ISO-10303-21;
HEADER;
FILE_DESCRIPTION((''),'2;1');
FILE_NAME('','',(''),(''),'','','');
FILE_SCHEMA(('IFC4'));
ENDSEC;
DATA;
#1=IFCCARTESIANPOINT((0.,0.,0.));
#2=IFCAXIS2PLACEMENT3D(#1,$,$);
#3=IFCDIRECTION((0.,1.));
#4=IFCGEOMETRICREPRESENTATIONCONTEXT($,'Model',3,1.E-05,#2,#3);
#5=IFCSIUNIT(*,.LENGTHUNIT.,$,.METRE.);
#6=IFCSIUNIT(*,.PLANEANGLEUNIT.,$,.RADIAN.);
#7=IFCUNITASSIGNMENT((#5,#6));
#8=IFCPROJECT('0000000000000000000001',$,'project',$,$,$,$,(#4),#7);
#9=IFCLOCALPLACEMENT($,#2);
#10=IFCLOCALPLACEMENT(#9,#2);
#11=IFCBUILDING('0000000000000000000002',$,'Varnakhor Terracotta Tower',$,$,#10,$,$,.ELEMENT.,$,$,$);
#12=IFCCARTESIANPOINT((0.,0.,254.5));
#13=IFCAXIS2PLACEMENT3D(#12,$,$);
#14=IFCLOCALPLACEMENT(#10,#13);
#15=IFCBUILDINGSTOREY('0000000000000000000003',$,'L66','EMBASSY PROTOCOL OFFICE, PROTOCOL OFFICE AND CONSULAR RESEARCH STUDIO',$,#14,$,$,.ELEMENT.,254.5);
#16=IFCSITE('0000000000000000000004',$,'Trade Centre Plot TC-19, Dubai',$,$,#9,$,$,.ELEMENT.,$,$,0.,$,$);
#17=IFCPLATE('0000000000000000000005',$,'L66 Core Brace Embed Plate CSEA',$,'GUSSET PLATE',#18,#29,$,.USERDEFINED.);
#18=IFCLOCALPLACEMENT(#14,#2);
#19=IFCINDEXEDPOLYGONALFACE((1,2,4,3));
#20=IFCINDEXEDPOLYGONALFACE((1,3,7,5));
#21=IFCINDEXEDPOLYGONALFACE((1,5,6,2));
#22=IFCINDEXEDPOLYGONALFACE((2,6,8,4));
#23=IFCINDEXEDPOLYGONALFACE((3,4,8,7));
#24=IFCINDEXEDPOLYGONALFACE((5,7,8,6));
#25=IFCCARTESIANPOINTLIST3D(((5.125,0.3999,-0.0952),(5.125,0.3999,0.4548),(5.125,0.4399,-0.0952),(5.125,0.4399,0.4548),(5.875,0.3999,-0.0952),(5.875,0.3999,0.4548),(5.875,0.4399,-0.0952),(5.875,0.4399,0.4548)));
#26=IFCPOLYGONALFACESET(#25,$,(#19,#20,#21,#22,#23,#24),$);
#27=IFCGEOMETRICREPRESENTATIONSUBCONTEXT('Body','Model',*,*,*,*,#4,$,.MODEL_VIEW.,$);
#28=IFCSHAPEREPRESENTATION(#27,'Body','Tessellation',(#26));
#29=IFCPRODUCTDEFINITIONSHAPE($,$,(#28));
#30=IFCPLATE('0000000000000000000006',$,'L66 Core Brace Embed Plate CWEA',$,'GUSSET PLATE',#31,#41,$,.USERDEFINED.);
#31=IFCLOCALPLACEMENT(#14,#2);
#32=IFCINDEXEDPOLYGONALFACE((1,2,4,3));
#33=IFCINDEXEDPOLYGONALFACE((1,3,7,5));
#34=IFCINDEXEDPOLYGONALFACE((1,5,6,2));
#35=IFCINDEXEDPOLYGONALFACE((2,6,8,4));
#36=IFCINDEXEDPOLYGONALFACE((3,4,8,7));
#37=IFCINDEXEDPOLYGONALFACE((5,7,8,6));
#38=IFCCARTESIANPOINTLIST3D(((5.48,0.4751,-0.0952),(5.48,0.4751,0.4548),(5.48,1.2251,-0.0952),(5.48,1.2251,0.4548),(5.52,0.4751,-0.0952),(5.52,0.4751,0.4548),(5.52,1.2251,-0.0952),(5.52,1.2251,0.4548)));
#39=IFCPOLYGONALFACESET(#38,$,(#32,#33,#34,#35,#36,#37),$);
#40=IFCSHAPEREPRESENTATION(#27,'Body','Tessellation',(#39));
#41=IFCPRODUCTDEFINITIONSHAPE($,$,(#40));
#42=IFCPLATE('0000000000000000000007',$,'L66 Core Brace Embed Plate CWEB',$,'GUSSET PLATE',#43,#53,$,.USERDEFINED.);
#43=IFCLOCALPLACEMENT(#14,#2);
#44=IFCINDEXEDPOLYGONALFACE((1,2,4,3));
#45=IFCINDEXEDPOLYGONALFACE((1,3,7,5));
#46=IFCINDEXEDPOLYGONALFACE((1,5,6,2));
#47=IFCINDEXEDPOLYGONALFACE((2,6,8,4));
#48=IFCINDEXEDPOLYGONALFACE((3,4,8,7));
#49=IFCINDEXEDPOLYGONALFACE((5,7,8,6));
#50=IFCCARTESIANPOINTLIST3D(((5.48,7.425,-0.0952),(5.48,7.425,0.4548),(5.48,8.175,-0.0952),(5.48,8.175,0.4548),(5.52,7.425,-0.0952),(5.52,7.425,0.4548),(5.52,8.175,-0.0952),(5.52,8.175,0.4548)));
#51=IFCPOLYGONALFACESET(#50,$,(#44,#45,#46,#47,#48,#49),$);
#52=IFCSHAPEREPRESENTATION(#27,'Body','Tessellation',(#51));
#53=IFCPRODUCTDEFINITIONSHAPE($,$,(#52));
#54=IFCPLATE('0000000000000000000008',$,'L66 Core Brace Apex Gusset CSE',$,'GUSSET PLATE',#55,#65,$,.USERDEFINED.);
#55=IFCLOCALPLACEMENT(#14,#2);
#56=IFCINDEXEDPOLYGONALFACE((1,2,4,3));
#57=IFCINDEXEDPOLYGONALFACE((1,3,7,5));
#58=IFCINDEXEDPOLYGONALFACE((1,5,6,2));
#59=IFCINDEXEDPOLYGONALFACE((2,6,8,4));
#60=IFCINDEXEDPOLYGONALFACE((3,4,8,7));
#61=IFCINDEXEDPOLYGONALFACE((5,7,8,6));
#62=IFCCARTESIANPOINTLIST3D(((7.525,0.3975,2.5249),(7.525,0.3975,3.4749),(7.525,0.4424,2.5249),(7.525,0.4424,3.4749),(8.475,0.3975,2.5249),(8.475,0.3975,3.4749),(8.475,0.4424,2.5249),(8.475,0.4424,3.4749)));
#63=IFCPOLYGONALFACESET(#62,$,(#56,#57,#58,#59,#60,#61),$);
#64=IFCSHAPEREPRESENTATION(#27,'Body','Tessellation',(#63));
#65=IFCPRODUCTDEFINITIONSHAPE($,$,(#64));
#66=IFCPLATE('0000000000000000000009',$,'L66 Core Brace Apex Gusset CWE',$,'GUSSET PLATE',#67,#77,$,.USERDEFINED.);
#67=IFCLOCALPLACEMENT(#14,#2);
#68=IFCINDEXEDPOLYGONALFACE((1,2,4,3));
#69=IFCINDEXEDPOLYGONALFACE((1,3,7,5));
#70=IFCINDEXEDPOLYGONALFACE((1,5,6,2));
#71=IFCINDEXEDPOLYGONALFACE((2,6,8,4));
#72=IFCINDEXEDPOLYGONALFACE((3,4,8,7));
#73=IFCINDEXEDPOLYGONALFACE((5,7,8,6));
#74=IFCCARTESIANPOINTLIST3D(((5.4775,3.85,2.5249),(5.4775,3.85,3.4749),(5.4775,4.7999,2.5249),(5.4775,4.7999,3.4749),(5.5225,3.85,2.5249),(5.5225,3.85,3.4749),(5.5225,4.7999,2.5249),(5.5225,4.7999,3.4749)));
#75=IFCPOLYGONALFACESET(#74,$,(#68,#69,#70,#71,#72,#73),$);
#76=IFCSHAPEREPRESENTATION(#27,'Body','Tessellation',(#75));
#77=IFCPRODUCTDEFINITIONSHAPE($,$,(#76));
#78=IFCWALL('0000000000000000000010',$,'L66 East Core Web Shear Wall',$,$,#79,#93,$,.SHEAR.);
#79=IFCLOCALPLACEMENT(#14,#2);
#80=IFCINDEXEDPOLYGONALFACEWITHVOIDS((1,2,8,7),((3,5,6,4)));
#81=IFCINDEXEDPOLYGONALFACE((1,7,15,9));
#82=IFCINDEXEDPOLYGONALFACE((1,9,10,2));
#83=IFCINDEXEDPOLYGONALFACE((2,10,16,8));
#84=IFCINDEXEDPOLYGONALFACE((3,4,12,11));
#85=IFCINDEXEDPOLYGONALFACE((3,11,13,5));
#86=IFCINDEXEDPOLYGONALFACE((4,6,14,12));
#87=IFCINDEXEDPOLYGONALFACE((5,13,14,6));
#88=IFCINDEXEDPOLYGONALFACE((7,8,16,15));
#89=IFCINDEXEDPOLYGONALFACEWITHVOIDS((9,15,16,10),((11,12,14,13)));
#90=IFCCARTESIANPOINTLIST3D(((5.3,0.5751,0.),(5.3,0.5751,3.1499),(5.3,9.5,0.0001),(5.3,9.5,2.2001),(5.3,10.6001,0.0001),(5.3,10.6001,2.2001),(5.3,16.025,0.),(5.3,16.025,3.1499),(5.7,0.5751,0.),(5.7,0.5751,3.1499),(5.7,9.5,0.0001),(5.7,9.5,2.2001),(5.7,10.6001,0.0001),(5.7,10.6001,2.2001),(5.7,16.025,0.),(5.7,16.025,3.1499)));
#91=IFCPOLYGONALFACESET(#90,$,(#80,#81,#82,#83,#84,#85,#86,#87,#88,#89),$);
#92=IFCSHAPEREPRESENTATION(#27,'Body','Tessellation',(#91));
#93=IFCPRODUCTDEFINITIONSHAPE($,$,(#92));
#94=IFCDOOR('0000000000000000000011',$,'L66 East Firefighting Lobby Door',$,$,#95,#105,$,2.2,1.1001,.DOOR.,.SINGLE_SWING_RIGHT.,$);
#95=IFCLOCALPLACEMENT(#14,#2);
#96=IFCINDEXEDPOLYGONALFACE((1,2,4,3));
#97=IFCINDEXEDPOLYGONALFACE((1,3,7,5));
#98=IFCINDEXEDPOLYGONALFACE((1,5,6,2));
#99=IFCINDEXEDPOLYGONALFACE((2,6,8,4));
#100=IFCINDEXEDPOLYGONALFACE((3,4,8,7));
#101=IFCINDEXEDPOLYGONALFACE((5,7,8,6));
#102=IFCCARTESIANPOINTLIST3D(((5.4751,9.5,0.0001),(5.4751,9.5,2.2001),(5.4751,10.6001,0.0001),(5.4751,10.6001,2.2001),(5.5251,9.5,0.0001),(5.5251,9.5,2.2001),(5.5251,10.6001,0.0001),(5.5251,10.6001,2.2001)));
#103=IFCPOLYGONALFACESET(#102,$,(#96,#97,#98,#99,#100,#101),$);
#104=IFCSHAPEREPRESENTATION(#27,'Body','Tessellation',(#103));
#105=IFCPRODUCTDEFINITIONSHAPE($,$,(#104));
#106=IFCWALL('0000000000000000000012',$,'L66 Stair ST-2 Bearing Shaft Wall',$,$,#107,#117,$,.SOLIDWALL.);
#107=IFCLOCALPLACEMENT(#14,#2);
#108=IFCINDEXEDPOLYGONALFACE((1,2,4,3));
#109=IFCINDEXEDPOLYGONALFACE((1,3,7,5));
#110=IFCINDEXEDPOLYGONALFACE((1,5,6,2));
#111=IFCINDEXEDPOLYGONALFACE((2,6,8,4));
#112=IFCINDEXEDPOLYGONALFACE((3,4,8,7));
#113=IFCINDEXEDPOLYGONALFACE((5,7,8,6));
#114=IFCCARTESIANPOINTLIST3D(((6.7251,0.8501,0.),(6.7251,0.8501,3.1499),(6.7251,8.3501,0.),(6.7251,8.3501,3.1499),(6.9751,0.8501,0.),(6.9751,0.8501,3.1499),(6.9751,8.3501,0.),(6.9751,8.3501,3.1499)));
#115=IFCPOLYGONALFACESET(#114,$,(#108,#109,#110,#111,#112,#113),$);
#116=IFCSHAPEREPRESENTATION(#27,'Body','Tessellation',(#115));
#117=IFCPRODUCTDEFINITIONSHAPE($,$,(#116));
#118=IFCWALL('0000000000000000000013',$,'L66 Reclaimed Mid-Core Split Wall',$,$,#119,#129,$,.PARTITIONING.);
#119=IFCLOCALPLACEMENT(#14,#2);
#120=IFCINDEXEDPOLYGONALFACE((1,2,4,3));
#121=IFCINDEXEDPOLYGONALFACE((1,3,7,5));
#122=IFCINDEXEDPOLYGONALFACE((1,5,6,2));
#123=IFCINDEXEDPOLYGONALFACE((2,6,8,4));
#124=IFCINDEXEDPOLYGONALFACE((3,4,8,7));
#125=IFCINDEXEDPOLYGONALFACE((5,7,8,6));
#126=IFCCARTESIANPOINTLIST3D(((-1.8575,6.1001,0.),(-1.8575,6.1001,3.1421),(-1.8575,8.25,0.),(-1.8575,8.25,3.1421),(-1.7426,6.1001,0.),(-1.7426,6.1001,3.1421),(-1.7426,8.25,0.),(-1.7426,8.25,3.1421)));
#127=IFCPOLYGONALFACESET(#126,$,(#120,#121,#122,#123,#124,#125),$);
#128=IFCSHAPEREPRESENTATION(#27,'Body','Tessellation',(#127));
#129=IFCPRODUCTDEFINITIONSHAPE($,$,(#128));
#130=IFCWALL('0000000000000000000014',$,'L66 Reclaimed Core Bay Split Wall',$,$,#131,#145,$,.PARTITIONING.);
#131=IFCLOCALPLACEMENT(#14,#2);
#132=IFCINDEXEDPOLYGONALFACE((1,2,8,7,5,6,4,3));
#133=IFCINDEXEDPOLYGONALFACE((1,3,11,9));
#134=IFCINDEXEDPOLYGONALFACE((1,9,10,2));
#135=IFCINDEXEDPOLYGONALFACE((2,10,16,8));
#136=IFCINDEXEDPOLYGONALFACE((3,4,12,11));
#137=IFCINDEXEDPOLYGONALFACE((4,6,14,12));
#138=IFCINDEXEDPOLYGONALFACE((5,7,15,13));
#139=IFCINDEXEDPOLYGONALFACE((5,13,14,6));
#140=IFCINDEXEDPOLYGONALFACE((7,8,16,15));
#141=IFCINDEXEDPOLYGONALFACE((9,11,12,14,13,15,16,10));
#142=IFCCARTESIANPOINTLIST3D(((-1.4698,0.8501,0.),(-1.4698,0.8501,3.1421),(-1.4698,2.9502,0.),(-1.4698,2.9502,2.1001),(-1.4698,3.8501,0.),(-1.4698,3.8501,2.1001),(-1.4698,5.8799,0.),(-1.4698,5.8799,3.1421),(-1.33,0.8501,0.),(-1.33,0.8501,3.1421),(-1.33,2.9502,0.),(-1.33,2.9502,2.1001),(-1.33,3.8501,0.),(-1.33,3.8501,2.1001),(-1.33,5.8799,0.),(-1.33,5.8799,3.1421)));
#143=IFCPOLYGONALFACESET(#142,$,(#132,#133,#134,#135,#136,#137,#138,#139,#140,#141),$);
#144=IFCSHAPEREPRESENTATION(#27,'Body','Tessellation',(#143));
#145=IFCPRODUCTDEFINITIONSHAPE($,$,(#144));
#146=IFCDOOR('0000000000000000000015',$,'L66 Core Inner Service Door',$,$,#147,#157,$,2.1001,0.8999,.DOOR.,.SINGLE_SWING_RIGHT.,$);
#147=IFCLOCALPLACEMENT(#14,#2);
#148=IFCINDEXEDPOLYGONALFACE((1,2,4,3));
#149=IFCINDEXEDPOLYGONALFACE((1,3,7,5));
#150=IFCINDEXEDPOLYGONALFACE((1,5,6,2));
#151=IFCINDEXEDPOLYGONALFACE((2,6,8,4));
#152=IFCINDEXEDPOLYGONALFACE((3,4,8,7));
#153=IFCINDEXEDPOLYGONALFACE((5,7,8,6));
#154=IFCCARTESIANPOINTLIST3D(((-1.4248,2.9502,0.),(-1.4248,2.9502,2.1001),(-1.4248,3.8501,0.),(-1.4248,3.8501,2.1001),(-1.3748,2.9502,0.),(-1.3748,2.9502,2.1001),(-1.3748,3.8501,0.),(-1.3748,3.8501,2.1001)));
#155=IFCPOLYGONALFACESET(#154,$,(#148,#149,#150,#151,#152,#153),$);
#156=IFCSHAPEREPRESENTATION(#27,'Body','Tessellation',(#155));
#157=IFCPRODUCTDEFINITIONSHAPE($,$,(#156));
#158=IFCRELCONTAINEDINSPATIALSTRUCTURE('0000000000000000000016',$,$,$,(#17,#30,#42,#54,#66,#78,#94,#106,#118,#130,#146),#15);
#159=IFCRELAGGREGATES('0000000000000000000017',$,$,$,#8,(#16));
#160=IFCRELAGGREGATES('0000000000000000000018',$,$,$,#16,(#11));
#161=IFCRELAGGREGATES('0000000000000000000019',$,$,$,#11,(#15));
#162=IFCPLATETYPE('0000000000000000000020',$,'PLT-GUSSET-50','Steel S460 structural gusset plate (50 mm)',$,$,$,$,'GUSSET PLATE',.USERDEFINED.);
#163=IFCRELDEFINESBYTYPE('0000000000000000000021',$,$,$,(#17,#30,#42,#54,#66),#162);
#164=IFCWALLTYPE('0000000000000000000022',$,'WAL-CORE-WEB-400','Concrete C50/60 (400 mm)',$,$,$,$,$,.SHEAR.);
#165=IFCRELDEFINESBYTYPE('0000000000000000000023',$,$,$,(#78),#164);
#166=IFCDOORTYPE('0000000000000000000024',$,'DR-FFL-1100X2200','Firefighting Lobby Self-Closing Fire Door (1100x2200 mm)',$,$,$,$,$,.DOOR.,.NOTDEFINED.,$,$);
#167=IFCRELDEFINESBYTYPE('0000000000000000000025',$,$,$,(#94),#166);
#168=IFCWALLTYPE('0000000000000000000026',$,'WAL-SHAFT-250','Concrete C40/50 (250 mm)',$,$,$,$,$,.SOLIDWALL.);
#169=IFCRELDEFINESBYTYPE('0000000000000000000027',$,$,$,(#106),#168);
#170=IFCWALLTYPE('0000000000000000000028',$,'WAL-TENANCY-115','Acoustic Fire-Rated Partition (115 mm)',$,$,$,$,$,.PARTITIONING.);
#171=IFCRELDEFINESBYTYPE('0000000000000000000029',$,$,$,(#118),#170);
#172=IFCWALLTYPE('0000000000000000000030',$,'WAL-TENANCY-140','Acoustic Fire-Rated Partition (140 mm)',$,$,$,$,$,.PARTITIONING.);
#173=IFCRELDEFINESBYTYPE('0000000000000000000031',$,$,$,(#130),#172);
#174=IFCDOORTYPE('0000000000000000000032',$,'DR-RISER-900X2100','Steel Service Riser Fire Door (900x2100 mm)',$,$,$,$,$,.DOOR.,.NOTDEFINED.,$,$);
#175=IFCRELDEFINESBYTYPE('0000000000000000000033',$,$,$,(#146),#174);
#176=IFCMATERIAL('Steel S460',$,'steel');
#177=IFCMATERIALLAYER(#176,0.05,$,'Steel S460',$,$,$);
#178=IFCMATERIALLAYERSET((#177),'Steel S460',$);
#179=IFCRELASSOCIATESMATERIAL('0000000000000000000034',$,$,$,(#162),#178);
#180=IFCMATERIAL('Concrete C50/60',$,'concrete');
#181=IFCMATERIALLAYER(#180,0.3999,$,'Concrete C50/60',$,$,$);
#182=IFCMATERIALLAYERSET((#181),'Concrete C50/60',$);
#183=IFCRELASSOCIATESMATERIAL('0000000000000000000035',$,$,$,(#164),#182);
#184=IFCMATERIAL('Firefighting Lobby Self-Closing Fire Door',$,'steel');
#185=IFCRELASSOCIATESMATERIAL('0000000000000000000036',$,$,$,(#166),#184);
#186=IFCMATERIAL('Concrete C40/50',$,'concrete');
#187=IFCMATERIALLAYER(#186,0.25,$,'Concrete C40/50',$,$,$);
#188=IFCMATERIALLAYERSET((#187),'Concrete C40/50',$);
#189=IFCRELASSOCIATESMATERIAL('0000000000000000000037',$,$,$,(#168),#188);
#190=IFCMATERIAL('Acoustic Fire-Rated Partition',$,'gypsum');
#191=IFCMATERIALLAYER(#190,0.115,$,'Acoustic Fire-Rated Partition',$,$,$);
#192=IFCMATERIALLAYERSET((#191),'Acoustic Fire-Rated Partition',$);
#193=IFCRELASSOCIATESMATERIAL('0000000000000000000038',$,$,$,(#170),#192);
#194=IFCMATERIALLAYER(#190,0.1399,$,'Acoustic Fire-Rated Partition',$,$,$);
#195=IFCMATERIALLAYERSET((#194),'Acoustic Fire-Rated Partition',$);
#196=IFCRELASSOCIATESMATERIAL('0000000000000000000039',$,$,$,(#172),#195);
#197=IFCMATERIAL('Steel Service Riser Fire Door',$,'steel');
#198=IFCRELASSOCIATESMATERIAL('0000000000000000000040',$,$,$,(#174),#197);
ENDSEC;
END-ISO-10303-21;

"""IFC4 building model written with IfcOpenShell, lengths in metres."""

from ifc_helpers import new_model, si_unit, direction, frame, frame_2d, origin, origin_2d, place, context, subcontext, project, spatial, rectangle, extrude, source, transform, mapped, material, layer, layer_set, type_object, type_shapes, element, fill, save


model = new_model("IFC4")

# Units and contexts
model_context = context("Model", 3, precision=1e-05, world=origin(), true_north=direction((0.0, 1.0)))
body_context = subcontext(model_context, "Body", "Model", "MODEL_VIEW")
ifc_project = project(units=[si_unit("LENGTHUNIT", "METRE"), si_unit("PLANEANGLEUNIT", "RADIAN")], contexts=[model_context])

# Site, building, storey
site_placement = place(None, origin())
site = spatial("IfcSite", under=ifc_project, at=site_placement, Name="Trade Centre Plot TC-19, Dubai", CompositionType="ELEMENT", RefElevation=0.0)
building_placement = place(site_placement, origin())
building = spatial("IfcBuilding", under=site, at=building_placement, Name="Varnakhor Terracotta Tower", CompositionType="ELEMENT")
storey_placement = place(building_placement, frame((0.0, 0.0, 254.5)))
storey = spatial("IfcBuildingStorey", under=building, at=storey_placement, Name="L66", Description="EMBASSY PROTOCOL OFFICE, PROTOCOL OFFICE AND CONSULAR RESEARCH STUDIO", CompositionType="ELEMENT", Elevation=254.5)

# Shared definitions
ifc_material_1 = material(Name="Concrete C50/60", Category="concrete")

# Shared definitions
ifc_material_2 = material(Name="Concrete C40/50", Category="concrete")

# Plates
ifc_material_3 = material(Name="Steel S460", Category="steel")
ifc_layer_1 = layer(ifc_material_3, 0.05, Name="Steel S460")
ifc_layer_set_1 = layer_set([ifc_layer_1], Name="Steel S460")
plate_type = type_object("IfcPlateType", Name="PLT-GUSSET-50", Description="Steel S460 structural gusset plate (50 mm)", ElementType="GUSSET PLATE", PredefinedType="USERDEFINED", material=ifc_layer_set_1)
shared_shape_1 = source(origin(), body_context, "Body", "SweptSolid", [
    extrude(rectangle(XDim=0.75, YDim=0.04, at=origin_2d()), origin(), (0.0, 0.0, 1.0), 0.55),
])
type_shapes(plate_type, [shared_shape_1])
for number, where, z_axis, x_axis, name in (
    (1, (5.5, 0.4199, -0.0952), (0.0, 0.0, 1.0), (1.0, 0.0, 0.0), "L66 Core Brace Embed Plate CSEA"),
    (2, (5.5, 0.8501, -0.0952), (0.0, 0.0, 1.0), (0.0, 1.0, 0.0), "L66 Core Brace Embed Plate CWEA"),
    (3, (5.5, 7.8, -0.0952), (0.0, 0.0, 1.0), (0.0, 1.0, 0.0), "L66 Core Brace Embed Plate CWEB"),
):
    element("IfcPlate", number, at=place(storey_placement, frame(where, z_axis=z_axis, x_axis=x_axis)), inside=storey, type_object=plate_type, Name=name, ObjectType="GUSSET PLATE", PredefinedType="USERDEFINED", context=body_context, shape_type="MappedRepresentation", body=[
        mapped(shared_shape_1, transform((0.0, 0.0, 0.0), scale=1.0)),
    ])
shared_shape_2 = source(origin(), body_context, "Body", "SweptSolid", [
    extrude(rectangle(XDim=0.95, YDim=0.0449, at=origin_2d()), origin(), (0.0, 0.0, 1.0), 0.95),
])
for number, where, z_axis, x_axis, name in (
    (4, (8.0, 0.4199, 2.5249), (0.0, 0.0, 1.0), (1.0, 0.0, 0.0), "L66 Core Brace Apex Gusset CSE"),
    (5, (5.5, 4.325, 2.5249), (0.0, 0.0, 1.0), (0.0, 1.0, 0.0), "L66 Core Brace Apex Gusset CWE"),
):
    element("IfcPlate", number, at=place(storey_placement, frame(where, z_axis=z_axis, x_axis=x_axis)), inside=storey, type_object=plate_type, Name=name, ObjectType="GUSSET PLATE", PredefinedType="USERDEFINED", context=body_context, shape_type="MappedRepresentation", body=[
        mapped(shared_shape_2, transform((0.0, 0.0, 0.0), scale=1.0)),
    ])

# Wall, opening, door
ifc_layer_2 = layer(ifc_material_1, 0.3999, Name="Concrete C50/60")
ifc_layer_set_2 = layer_set([ifc_layer_2], Name="Concrete C50/60")
wall_type_1 = type_object("IfcWallType", Name="WAL-CORE-WEB-400", Description="Concrete C50/60 (400 mm)", PredefinedType="SHEAR", material=ifc_layer_set_2)
wall_1_placement = place(storey_placement, frame((5.5, 0.575, 0.0), z_axis=(0.0, 0.0, 1.0), x_axis=(0.0, 1.0, 0.0)))
wall_1 = element("IfcWall", 6, at=wall_1_placement, inside=storey, type_object=wall_type_1, Name="L66 East Core Web Shear Wall", PredefinedType="SHEAR", context=body_context, shape_type="SweptSolid", body=[
    extrude(rectangle(XDim=15.45, YDim=0.3999, at=frame_2d((7.7251, 0.0))), origin(), (0.0, 0.0, 1.0), 3.1499),
])
opening_1_placement = place(wall_1_placement, frame((8.925, 0.0, 0.0)))
opening_1 = element("IfcOpeningElement", 7, at=opening_1_placement, cuts=wall_1, PredefinedType="OPENING", context=body_context, shape_type="SweptSolid", body=[
    extrude(rectangle(XDim=1.1001, YDim=2.2, at=frame_2d((0.55, 1.1001))), frame((0.0, 0.21, 0.0), z_axis=(0.0, -1.0, 0.0), x_axis=(1.0, 0.0, 0.0)), (0.0, 0.0, 1.0), 0.4199),
])
ifc_material_4 = material(Name="Firefighting Lobby Self-Closing Fire Door", Category="steel")
door_type_1 = type_object("IfcDoorType", Name="DR-FFL-1100X2200", Description="Firefighting Lobby Self-Closing Fire Door (1100x2200 mm)", OperationType="NOTDEFINED", PredefinedType="DOOR", material=ifc_material_4)
shared_shape_3 = source(origin(), body_context, "Body", "SweptSolid", [
    extrude(rectangle(XDim=1.1001, YDim=2.2, at=frame_2d((0.55, 1.1001))), frame((0.0, 0.0249, 0.0), z_axis=(0.0, -1.0, 0.0), x_axis=(1.0, 0.0, 0.0)), (0.0, 0.0, 1.0), 0.05),
])
type_shapes(door_type_1, [shared_shape_3])
door_1_placement = place(opening_1_placement, origin())
door_1 = element("IfcDoor", 8, at=door_1_placement, inside=storey, type_object=door_type_1, Name="L66 East Firefighting Lobby Door", OperationType="SINGLE_SWING_RIGHT", OverallHeight=2.2, OverallWidth=1.1001, PredefinedType="DOOR", context=body_context, shape_type="MappedRepresentation", body=[
    mapped(shared_shape_3, transform((0.0, 0.0, 0.0), scale=1.0)),
])
fill(opening_1, door_1)

# Walls
ifc_layer_3 = layer(ifc_material_2, 0.25, Name="Concrete C40/50")
ifc_layer_set_3 = layer_set([ifc_layer_3], Name="Concrete C40/50")
wall_type_2 = type_object("IfcWallType", Name="WAL-SHAFT-250", Description="Concrete C40/50 (250 mm)", PredefinedType="SOLIDWALL", material=ifc_layer_set_3)
wall_2_placement = place(storey_placement, frame((6.8501, 0.8501, 0.0), z_axis=(0.0, 0.0, 1.0), x_axis=(0.0, 1.0, 0.0)))
element("IfcWall", 9, at=wall_2_placement, inside=storey, type_object=wall_type_2, Name="L66 Stair ST-2 Bearing Shaft Wall", PredefinedType="SOLIDWALL", context=body_context, shape_type="SweptSolid", body=[
    extrude(rectangle(XDim=7.5, YDim=0.25, at=frame_2d((3.75, 0.0))), origin(), (0.0, 0.0, 1.0), 3.1499),
])
ifc_material_5 = material(Name="Acoustic Fire-Rated Partition", Category="gypsum")
ifc_layer_4 = layer(ifc_material_5, 0.115, Name="Acoustic Fire-Rated Partition")
ifc_layer_set_4 = layer_set([ifc_layer_4], Name="Acoustic Fire-Rated Partition")
wall_type_3 = type_object("IfcWallType", Name="WAL-TENANCY-115", Description="Acoustic Fire-Rated Partition (115 mm)", PredefinedType="PARTITIONING", material=ifc_layer_set_4)
wall_3_placement = place(storey_placement, frame((-1.8, 6.1001, 0.0), z_axis=(0.0, 0.0, 1.0), x_axis=(0.0, 1.0, 0.0)))
element("IfcWall", 10, at=wall_3_placement, inside=storey, type_object=wall_type_3, Name="L66 Reclaimed Mid-Core Split Wall", PredefinedType="PARTITIONING", context=body_context, shape_type="SweptSolid", body=[
    extrude(rectangle(XDim=2.1499, YDim=0.115, at=frame_2d((1.075, 0.0))), origin(), (0.0, 0.0, 1.0), 3.1421),
])

# Wall, opening, door
ifc_layer_5 = layer(ifc_material_5, 0.1399, Name="Acoustic Fire-Rated Partition")
ifc_layer_set_5 = layer_set([ifc_layer_5], Name="Acoustic Fire-Rated Partition")
wall_type_4 = type_object("IfcWallType", Name="WAL-TENANCY-140", Description="Acoustic Fire-Rated Partition (140 mm)", PredefinedType="PARTITIONING", material=ifc_layer_set_5)
wall_4_placement = place(storey_placement, frame((-1.3999, 0.8501, 0.0), z_axis=(0.0, 0.0, 1.0), x_axis=(0.0, 1.0, 0.0)))
wall_4 = element("IfcWall", 11, at=wall_4_placement, inside=storey, type_object=wall_type_4, Name="L66 Reclaimed Core Bay Split Wall", PredefinedType="PARTITIONING", context=body_context, shape_type="SweptSolid", body=[
    extrude(rectangle(XDim=5.0298, YDim=0.1399, at=frame_2d((2.5149, 0.0))), origin(), (0.0, 0.0, 1.0), 3.1421),
])
opening_2_placement = place(wall_4_placement, frame((2.1001, 0.0, 0.0)))
opening_2 = element("IfcOpeningElement", 12, at=opening_2_placement, cuts=wall_4, PredefinedType="OPENING", context=body_context, shape_type="SweptSolid", body=[
    extrude(rectangle(XDim=0.8999, YDim=2.1001, at=frame_2d((0.45, 1.05))), frame((0.0, 0.0801, 0.0), z_axis=(0.0, -1.0, 0.0), x_axis=(1.0, 0.0, 0.0)), (0.0, 0.0, 1.0), 0.1599),
])
ifc_material_6 = material(Name="Steel Service Riser Fire Door", Category="steel")
door_type_2 = type_object("IfcDoorType", Name="DR-RISER-900X2100", Description="Steel Service Riser Fire Door (900x2100 mm)", OperationType="NOTDEFINED", PredefinedType="DOOR", material=ifc_material_6)
shared_shape_4 = source(origin(), body_context, "Body", "SweptSolid", [
    extrude(rectangle(XDim=0.8999, YDim=2.1001, at=frame_2d((0.45, 1.05))), frame((0.0, 0.0249, 0.0), z_axis=(0.0, -1.0, 0.0), x_axis=(1.0, 0.0, 0.0)), (0.0, 0.0, 1.0), 0.05),
])
type_shapes(door_type_2, [shared_shape_4])
door_2_placement = place(opening_2_placement, origin())
door_2 = element("IfcDoor", 13, at=door_2_placement, inside=storey, type_object=door_type_2, Name="L66 Core Inner Service Door", OperationType="SINGLE_SWING_RIGHT", OverallHeight=2.1001, OverallWidth=0.8999, PredefinedType="DOOR", context=body_context, shape_type="MappedRepresentation", body=[
    mapped(shared_shape_4, transform((0.0, 0.0, 0.0), scale=1.0)),
])
fill(opening_2, door_2)

save(model, "model.ifc")
